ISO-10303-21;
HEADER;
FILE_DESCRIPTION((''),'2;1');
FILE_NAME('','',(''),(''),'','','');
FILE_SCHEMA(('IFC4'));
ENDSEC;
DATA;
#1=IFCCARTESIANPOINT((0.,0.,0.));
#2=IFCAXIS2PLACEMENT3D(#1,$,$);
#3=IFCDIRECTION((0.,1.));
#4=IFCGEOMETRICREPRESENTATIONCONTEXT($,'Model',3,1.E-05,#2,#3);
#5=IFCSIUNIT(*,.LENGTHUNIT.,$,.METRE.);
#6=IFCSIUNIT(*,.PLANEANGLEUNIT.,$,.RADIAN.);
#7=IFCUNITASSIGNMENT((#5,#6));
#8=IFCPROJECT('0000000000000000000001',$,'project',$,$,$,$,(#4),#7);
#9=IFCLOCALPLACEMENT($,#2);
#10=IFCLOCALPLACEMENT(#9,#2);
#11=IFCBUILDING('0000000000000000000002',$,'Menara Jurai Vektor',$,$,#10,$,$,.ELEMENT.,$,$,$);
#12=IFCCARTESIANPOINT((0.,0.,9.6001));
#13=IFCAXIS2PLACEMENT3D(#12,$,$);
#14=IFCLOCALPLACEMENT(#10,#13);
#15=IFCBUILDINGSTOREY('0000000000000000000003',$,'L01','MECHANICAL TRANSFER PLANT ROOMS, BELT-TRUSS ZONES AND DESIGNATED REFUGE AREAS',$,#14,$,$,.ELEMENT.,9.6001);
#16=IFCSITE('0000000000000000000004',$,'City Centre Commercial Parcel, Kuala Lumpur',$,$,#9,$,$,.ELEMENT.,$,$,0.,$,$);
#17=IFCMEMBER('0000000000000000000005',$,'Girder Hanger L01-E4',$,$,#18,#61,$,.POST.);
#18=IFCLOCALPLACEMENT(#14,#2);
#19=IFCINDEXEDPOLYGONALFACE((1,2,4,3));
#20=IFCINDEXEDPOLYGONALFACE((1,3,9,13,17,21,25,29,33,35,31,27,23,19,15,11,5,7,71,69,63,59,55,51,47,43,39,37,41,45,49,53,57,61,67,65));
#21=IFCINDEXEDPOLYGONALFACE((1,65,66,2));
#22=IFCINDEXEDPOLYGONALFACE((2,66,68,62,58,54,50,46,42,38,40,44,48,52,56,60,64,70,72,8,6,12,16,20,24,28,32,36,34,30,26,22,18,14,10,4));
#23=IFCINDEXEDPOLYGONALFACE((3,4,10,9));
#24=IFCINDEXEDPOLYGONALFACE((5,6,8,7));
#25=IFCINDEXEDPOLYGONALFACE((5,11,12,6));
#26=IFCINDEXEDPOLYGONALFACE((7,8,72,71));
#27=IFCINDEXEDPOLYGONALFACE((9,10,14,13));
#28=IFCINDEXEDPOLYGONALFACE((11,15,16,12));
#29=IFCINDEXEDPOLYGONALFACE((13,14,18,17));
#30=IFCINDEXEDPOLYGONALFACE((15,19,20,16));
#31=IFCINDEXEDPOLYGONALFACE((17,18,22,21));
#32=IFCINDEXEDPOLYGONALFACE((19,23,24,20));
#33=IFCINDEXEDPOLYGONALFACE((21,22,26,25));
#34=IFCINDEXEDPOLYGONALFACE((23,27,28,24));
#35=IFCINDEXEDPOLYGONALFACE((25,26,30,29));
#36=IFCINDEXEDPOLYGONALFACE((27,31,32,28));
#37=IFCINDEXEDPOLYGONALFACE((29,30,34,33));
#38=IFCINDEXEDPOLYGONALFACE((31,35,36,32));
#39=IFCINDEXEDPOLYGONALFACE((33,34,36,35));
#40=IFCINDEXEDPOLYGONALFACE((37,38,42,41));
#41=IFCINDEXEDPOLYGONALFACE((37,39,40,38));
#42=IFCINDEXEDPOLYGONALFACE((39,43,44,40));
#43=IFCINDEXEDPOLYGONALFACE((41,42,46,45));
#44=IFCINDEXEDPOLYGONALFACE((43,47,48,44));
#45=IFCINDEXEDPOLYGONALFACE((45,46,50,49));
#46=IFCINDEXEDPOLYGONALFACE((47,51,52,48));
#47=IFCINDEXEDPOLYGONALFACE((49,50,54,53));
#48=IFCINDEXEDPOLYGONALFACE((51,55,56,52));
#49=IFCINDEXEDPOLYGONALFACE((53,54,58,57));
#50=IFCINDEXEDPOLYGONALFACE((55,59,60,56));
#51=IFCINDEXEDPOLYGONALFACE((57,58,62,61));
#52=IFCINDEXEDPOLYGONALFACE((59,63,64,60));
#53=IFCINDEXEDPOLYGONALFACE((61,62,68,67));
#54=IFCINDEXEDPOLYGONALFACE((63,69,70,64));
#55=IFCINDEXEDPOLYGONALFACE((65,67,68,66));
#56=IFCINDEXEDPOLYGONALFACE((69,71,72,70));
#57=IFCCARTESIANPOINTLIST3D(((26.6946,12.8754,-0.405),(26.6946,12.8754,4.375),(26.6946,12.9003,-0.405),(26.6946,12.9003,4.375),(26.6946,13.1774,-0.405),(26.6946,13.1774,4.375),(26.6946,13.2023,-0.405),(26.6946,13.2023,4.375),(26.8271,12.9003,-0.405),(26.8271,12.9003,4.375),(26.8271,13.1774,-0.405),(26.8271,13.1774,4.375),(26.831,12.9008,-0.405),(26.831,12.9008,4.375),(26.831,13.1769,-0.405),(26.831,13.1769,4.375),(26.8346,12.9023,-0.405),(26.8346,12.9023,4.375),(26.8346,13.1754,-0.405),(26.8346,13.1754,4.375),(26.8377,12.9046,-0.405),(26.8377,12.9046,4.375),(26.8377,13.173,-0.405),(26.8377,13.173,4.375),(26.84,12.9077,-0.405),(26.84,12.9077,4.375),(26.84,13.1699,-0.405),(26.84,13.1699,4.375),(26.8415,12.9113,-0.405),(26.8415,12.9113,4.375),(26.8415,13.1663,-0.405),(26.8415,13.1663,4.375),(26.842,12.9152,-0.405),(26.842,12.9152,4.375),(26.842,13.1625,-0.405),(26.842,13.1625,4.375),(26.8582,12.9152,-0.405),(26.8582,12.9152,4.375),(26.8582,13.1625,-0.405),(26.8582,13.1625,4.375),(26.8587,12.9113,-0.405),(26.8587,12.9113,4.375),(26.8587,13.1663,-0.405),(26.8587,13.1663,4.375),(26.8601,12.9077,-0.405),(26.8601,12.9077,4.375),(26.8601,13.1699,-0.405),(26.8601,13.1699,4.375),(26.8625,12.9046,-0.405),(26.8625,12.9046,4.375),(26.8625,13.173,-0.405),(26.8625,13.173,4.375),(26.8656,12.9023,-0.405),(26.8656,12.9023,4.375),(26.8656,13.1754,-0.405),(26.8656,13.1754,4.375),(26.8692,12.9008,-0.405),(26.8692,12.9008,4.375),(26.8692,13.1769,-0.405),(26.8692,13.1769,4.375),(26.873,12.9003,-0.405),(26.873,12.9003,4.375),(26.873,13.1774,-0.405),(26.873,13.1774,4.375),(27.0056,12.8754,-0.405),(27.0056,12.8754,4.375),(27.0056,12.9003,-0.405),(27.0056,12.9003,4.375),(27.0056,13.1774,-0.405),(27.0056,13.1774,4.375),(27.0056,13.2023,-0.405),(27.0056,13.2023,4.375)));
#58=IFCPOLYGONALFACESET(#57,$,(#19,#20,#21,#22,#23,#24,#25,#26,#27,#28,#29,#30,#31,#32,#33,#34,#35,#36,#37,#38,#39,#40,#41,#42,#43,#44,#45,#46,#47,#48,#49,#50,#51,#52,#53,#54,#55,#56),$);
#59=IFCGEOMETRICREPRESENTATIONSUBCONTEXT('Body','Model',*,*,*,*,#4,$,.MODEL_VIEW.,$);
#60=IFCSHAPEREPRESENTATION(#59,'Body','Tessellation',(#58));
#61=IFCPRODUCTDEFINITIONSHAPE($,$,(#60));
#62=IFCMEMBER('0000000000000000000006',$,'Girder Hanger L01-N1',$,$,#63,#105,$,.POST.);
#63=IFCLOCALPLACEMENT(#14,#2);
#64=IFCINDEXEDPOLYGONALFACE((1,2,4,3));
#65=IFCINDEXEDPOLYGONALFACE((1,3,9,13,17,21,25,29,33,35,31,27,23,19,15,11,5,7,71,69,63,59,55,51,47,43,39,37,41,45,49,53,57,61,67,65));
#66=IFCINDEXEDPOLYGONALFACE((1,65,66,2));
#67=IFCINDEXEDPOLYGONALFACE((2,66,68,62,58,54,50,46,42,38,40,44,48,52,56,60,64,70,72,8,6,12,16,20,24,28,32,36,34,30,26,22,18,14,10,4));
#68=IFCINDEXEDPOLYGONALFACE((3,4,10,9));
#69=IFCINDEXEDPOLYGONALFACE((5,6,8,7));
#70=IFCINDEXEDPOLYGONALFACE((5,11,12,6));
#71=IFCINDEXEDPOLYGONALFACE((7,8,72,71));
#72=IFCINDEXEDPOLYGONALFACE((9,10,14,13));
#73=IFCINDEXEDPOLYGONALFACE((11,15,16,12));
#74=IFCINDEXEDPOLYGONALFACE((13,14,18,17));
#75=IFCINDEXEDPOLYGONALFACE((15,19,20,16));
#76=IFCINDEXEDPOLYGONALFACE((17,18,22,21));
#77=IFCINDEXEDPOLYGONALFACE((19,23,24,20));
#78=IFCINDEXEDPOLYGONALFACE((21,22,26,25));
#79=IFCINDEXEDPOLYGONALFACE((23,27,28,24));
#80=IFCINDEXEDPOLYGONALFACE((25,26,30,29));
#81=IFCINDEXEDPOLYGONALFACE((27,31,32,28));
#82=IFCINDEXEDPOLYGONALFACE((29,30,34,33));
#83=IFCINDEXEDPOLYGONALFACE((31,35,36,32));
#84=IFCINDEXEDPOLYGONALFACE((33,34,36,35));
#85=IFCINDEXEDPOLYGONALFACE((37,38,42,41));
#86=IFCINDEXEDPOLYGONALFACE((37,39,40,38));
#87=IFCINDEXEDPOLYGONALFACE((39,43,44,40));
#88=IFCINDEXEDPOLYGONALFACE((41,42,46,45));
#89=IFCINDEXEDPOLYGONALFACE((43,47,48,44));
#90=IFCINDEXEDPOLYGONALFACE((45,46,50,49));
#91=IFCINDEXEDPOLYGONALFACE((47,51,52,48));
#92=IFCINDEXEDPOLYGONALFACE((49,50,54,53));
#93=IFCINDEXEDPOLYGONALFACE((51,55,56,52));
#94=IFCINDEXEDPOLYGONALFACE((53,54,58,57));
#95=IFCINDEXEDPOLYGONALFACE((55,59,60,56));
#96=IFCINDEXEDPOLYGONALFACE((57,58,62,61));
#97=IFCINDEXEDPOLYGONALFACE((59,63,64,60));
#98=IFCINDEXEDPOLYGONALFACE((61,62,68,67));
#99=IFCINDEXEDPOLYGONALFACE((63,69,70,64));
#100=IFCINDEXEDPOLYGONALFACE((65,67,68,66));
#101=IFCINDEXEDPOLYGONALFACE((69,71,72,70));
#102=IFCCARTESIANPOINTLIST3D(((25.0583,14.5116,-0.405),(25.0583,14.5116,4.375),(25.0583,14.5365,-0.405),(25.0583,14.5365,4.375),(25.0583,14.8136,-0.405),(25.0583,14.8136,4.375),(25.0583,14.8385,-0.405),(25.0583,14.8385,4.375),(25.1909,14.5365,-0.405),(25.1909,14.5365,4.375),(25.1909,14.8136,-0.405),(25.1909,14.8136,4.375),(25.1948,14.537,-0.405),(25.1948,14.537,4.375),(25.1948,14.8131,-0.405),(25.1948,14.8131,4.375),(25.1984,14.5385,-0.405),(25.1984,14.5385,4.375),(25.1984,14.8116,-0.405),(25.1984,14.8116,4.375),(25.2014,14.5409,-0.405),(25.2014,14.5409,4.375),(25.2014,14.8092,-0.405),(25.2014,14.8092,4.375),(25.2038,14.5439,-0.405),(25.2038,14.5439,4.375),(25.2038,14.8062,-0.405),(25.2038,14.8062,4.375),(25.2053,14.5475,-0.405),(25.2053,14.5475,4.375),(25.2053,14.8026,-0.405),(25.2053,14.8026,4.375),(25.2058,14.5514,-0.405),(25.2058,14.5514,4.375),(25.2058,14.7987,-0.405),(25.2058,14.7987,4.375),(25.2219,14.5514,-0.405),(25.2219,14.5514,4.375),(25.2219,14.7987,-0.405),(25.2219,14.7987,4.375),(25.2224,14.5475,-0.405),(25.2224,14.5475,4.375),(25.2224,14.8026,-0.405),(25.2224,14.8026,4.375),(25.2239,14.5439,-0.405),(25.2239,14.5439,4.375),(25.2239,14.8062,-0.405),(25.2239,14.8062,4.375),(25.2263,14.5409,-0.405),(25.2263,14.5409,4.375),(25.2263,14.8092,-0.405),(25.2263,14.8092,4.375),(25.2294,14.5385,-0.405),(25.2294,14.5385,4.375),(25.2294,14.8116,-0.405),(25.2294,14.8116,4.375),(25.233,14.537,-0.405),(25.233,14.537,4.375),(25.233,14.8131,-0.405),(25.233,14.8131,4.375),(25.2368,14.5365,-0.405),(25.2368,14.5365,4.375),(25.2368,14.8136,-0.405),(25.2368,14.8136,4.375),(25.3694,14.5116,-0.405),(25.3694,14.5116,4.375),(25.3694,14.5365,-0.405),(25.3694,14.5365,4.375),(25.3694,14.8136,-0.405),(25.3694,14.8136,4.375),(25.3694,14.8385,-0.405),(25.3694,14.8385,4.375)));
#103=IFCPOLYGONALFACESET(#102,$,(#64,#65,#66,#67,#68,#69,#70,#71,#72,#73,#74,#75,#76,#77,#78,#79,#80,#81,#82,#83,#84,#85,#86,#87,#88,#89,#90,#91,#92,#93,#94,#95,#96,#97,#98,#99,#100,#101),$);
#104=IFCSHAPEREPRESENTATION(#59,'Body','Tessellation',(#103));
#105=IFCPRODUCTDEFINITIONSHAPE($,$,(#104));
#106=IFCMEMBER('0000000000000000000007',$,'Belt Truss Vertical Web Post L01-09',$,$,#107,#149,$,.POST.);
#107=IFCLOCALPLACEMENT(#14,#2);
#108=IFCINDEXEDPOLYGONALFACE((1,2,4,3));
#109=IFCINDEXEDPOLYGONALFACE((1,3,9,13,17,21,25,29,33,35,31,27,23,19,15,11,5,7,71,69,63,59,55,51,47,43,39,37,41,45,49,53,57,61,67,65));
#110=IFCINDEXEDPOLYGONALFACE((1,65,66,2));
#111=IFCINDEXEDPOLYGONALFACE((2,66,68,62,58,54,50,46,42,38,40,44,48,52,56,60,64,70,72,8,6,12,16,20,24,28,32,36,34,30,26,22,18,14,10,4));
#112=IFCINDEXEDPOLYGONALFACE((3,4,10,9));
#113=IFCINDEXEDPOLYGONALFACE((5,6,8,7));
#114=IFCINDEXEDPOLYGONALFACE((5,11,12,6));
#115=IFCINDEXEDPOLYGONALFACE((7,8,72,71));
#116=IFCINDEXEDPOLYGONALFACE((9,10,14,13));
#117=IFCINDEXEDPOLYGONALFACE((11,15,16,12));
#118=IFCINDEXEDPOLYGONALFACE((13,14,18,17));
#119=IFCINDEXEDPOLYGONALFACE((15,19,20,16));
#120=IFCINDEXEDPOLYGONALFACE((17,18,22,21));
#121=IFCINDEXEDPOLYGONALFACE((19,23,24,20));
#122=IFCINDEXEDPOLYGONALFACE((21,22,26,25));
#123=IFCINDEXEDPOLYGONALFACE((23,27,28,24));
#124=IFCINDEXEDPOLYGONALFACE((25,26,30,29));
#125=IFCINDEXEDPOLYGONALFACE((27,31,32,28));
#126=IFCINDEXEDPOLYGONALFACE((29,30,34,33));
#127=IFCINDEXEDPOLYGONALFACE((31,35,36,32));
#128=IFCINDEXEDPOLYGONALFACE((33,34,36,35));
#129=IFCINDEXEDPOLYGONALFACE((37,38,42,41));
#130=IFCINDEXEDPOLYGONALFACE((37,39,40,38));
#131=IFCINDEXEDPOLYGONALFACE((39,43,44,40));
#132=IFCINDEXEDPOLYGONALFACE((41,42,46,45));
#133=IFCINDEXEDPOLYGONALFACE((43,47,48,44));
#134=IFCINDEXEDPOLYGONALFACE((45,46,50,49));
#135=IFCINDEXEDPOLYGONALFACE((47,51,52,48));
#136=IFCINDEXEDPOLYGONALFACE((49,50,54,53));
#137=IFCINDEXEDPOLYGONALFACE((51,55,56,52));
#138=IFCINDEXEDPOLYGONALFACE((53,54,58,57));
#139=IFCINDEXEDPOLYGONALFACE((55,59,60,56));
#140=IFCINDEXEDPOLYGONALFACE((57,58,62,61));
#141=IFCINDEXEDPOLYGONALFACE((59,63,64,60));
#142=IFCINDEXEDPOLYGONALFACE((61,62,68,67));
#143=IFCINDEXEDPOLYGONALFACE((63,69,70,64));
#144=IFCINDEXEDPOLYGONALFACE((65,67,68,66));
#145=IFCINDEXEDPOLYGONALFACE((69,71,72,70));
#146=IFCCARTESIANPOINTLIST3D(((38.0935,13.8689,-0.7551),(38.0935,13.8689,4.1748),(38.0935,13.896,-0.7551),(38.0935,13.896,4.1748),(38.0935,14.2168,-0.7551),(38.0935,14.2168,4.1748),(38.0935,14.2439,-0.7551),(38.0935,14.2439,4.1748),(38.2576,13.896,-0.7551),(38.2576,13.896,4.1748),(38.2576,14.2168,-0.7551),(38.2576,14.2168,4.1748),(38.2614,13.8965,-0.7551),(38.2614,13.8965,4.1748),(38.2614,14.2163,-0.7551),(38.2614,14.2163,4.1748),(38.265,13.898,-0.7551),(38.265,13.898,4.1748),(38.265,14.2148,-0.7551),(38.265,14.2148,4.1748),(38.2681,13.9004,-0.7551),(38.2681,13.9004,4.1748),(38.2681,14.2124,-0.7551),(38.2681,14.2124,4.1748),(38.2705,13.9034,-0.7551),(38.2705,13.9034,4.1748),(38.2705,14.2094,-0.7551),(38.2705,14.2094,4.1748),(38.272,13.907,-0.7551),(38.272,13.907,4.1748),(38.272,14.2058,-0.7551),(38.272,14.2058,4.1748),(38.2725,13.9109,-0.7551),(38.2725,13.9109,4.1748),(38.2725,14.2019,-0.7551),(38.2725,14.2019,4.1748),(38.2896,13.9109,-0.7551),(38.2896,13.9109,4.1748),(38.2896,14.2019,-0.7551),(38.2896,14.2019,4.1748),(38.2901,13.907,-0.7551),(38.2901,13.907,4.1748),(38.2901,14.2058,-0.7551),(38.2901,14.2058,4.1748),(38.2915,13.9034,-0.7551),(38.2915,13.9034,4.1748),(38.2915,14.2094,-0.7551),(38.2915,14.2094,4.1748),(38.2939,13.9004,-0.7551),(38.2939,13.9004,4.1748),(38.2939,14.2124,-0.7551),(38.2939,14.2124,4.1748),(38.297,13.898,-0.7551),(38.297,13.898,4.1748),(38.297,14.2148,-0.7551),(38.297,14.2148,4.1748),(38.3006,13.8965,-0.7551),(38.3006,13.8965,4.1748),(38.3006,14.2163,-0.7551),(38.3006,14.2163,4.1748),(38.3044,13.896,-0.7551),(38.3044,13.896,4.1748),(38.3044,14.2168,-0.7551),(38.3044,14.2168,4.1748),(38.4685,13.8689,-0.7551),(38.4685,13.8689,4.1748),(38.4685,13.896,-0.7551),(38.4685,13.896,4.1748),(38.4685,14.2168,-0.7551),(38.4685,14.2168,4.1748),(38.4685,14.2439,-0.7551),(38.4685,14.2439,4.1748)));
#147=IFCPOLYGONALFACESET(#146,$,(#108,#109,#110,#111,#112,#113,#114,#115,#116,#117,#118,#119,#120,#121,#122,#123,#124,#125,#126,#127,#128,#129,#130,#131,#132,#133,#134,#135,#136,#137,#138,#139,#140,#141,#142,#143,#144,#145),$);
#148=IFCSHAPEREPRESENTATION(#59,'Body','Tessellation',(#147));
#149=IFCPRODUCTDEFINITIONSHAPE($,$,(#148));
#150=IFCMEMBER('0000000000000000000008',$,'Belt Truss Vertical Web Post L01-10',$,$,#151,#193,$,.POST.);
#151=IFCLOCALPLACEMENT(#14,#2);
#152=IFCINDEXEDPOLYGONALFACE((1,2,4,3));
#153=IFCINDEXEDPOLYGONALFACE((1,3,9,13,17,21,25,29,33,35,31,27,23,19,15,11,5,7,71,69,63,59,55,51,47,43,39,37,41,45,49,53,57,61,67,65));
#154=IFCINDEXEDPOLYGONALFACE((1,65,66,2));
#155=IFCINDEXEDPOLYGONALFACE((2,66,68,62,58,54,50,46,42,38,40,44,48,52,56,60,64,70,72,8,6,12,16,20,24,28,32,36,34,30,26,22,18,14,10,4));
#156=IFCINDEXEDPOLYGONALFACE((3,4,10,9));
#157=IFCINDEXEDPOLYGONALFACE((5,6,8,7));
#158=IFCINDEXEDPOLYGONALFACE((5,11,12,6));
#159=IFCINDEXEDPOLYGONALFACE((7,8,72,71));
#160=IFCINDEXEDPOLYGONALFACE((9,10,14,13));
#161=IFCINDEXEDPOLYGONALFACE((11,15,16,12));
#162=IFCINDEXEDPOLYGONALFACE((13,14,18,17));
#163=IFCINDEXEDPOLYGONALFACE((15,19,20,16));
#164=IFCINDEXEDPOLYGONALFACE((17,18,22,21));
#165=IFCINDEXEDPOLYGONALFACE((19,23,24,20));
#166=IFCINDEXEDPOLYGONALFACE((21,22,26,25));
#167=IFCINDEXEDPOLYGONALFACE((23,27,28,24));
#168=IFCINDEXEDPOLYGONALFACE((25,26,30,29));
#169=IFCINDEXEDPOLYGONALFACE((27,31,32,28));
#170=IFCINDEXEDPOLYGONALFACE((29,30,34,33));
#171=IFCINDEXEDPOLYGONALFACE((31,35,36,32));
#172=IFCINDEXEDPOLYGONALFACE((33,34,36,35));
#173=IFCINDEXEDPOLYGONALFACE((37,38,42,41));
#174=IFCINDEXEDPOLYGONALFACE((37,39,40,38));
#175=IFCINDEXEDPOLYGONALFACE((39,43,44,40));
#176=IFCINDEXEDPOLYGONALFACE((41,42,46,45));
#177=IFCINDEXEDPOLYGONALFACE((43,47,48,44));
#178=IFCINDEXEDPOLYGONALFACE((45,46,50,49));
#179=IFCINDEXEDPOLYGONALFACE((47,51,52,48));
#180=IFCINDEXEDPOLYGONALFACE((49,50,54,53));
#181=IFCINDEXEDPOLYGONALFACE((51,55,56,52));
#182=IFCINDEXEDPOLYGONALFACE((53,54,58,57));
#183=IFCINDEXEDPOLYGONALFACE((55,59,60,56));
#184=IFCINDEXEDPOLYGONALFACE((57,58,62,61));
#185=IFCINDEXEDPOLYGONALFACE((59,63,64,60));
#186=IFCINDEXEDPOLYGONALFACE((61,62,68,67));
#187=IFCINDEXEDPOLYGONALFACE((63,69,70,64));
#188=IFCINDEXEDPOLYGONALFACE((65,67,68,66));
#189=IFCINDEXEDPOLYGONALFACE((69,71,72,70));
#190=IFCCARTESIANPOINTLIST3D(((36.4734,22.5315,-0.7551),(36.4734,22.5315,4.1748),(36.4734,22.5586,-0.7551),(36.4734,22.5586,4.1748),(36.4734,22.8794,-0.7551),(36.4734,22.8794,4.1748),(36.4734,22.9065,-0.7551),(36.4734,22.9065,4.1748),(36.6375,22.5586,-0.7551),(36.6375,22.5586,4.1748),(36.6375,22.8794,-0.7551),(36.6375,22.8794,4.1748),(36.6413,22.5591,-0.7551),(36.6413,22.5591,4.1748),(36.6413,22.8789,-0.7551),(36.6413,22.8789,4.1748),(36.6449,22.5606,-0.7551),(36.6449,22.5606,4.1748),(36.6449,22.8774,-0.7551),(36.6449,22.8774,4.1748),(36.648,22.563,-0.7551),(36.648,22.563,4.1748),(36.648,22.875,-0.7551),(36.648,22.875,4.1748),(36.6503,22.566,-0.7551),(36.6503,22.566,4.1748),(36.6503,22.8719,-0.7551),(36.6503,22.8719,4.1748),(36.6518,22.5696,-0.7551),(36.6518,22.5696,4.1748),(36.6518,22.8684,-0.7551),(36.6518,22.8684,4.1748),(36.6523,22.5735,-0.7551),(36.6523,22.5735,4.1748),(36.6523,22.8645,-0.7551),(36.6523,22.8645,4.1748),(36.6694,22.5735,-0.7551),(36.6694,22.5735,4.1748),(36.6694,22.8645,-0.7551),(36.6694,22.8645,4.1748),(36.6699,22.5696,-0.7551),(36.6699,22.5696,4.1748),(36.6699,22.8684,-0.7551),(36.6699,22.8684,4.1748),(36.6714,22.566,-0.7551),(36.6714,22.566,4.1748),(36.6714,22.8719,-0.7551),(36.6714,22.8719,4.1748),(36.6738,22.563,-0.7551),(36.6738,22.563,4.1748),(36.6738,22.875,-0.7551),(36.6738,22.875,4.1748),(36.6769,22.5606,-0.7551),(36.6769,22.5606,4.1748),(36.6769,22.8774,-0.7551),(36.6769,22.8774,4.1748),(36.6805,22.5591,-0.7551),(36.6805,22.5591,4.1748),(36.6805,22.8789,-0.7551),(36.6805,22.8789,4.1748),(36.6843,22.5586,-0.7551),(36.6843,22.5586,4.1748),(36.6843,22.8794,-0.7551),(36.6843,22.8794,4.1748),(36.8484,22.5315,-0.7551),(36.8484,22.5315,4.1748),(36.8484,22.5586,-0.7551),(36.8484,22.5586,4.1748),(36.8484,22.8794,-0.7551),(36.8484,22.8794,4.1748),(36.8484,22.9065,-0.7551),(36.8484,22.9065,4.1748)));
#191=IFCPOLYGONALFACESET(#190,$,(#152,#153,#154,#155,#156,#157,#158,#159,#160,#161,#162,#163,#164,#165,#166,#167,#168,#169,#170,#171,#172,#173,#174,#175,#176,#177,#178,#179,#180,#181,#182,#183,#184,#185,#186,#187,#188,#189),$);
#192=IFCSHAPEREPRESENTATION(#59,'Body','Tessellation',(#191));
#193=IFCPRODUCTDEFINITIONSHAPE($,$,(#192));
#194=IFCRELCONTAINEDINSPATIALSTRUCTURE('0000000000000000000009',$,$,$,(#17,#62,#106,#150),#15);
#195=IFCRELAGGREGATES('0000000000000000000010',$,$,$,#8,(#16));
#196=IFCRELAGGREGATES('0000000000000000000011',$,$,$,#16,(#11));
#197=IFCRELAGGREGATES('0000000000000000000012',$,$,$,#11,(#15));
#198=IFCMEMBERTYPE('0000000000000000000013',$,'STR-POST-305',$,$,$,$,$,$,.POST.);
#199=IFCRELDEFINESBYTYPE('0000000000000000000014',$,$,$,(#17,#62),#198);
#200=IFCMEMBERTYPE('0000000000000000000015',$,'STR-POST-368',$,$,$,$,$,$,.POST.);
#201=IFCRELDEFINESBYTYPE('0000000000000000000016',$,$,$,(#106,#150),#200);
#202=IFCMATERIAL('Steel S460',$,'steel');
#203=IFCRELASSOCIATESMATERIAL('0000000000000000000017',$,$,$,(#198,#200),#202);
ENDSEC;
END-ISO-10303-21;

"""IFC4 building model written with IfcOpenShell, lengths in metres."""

from ifc_helpers import new_model, si_unit, direction, frame, origin, origin_2d, place, context, subcontext, project, spatial, i_section, extrude, material, material_profile, profile_set, type_object, element, save


model = new_model("IFC4")

# Units and contexts
model_context = context("Model", 3, precision=1e-05, world=origin(), true_north=direction((0.0, 1.0)))
body_context = subcontext(model_context, "Body", "Model", "MODEL_VIEW")
ifc_project = project(units=[si_unit("LENGTHUNIT", "METRE"), si_unit("PLANEANGLEUNIT", "RADIAN")], contexts=[model_context])

# Site, building, storey
site_placement = place(None, origin())
site = spatial("IfcSite", under=ifc_project, at=site_placement, Name="City Centre Commercial Parcel, Kuala Lumpur", CompositionType="ELEMENT", RefElevation=0.0)
building_placement = place(site_placement, origin())
building = spatial("IfcBuilding", under=site, at=building_placement, Name="Menara Jurai Vektor", CompositionType="ELEMENT")
storey_placement = place(building_placement, frame((0.0, 0.0, 9.6001)))
storey = spatial("IfcBuildingStorey", under=building, at=storey_placement, Name="L01", Description="MECHANICAL TRANSFER PLANT ROOMS, BELT-TRUSS ZONES AND DESIGNATED REFUGE AREAS", CompositionType="ELEMENT", Elevation=9.6001)

# Shared definitions
ifc_material_1 = material(Name="Steel S460", Category="steel")

# Members
ifc_material_profile_1 = material_profile(ifc_material_1, i_section(OverallWidth=0.311, OverallDepth=0.3269, WebThickness=0.0161, FlangeThickness=0.0249, FilletRadius=0.0149, at=origin_2d()), Name="UKC 305x305x158")
ifc_profile_set_1 = profile_set([ifc_material_profile_1], Name="Steel S460")
member_type_1 = type_object("IfcMemberType", Name="STR-POST-305", PredefinedType="POST", material=ifc_profile_set_1)
for number, where, z_axis, x_axis, name in (
    (1, (26.8501, 13.0388, -0.405), (0.0, 0.0, 1.0), (1.0, 0.0, 0.0), "Girder Hanger L01-E4"),
    (2, (25.2139, 14.675, -0.405), (0.0, 0.0, 1.0), (1.0, 0.0, 0.0), "Girder Hanger L01-N1"),
):
    element("IfcMember", number, at=place(storey_placement, frame(where, z_axis=z_axis, x_axis=x_axis)), inside=storey, type_object=member_type_1, Name=name, PredefinedType="POST", context=body_context, shape_type="SweptSolid", body=[
        extrude(i_section(OverallWidth=0.311, OverallDepth=0.3269, WebThickness=0.0161, FlangeThickness=0.0249, FilletRadius=0.0149, at=origin_2d()), origin(), (0.0, 0.0, 1.0), 4.78),
    ])
ifc_material_profile_2 = material_profile(ifc_material_1, i_section(OverallWidth=0.375, OverallDepth=0.375, WebThickness=0.0171, FlangeThickness=0.0271, FilletRadius=0.0149, at=origin_2d()), Name="UKC 356x368x202")
ifc_profile_set_2 = profile_set([ifc_material_profile_2], Name="Steel S460")
member_type_2 = type_object("IfcMemberType", Name="STR-POST-368", PredefinedType="POST", material=ifc_profile_set_2)
for number, where, z_axis, x_axis, name in (
    (3, (38.281, 14.0564, -0.7551), (0.0, 0.0, 1.0), (1.0, 0.0, 0.0), "Belt Truss Vertical Web Post L01-09"),
    (4, (36.6609, 22.719, -0.7551), (0.0, 0.0, 1.0), (1.0, 0.0, 0.0), "Belt Truss Vertical Web Post L01-10"),
):
    element("IfcMember", number, at=place(storey_placement, frame(where, z_axis=z_axis, x_axis=x_axis)), inside=storey, type_object=member_type_2, Name=name, PredefinedType="POST", context=body_context, shape_type="SweptSolid", body=[
        extrude(i_section(OverallWidth=0.375, OverallDepth=0.375, WebThickness=0.0171, FlangeThickness=0.0271, FilletRadius=0.0149, at=origin_2d()), origin(), (0.0, 0.0, 1.0), 4.9299),
    ])

save(model, "model.ifc")
